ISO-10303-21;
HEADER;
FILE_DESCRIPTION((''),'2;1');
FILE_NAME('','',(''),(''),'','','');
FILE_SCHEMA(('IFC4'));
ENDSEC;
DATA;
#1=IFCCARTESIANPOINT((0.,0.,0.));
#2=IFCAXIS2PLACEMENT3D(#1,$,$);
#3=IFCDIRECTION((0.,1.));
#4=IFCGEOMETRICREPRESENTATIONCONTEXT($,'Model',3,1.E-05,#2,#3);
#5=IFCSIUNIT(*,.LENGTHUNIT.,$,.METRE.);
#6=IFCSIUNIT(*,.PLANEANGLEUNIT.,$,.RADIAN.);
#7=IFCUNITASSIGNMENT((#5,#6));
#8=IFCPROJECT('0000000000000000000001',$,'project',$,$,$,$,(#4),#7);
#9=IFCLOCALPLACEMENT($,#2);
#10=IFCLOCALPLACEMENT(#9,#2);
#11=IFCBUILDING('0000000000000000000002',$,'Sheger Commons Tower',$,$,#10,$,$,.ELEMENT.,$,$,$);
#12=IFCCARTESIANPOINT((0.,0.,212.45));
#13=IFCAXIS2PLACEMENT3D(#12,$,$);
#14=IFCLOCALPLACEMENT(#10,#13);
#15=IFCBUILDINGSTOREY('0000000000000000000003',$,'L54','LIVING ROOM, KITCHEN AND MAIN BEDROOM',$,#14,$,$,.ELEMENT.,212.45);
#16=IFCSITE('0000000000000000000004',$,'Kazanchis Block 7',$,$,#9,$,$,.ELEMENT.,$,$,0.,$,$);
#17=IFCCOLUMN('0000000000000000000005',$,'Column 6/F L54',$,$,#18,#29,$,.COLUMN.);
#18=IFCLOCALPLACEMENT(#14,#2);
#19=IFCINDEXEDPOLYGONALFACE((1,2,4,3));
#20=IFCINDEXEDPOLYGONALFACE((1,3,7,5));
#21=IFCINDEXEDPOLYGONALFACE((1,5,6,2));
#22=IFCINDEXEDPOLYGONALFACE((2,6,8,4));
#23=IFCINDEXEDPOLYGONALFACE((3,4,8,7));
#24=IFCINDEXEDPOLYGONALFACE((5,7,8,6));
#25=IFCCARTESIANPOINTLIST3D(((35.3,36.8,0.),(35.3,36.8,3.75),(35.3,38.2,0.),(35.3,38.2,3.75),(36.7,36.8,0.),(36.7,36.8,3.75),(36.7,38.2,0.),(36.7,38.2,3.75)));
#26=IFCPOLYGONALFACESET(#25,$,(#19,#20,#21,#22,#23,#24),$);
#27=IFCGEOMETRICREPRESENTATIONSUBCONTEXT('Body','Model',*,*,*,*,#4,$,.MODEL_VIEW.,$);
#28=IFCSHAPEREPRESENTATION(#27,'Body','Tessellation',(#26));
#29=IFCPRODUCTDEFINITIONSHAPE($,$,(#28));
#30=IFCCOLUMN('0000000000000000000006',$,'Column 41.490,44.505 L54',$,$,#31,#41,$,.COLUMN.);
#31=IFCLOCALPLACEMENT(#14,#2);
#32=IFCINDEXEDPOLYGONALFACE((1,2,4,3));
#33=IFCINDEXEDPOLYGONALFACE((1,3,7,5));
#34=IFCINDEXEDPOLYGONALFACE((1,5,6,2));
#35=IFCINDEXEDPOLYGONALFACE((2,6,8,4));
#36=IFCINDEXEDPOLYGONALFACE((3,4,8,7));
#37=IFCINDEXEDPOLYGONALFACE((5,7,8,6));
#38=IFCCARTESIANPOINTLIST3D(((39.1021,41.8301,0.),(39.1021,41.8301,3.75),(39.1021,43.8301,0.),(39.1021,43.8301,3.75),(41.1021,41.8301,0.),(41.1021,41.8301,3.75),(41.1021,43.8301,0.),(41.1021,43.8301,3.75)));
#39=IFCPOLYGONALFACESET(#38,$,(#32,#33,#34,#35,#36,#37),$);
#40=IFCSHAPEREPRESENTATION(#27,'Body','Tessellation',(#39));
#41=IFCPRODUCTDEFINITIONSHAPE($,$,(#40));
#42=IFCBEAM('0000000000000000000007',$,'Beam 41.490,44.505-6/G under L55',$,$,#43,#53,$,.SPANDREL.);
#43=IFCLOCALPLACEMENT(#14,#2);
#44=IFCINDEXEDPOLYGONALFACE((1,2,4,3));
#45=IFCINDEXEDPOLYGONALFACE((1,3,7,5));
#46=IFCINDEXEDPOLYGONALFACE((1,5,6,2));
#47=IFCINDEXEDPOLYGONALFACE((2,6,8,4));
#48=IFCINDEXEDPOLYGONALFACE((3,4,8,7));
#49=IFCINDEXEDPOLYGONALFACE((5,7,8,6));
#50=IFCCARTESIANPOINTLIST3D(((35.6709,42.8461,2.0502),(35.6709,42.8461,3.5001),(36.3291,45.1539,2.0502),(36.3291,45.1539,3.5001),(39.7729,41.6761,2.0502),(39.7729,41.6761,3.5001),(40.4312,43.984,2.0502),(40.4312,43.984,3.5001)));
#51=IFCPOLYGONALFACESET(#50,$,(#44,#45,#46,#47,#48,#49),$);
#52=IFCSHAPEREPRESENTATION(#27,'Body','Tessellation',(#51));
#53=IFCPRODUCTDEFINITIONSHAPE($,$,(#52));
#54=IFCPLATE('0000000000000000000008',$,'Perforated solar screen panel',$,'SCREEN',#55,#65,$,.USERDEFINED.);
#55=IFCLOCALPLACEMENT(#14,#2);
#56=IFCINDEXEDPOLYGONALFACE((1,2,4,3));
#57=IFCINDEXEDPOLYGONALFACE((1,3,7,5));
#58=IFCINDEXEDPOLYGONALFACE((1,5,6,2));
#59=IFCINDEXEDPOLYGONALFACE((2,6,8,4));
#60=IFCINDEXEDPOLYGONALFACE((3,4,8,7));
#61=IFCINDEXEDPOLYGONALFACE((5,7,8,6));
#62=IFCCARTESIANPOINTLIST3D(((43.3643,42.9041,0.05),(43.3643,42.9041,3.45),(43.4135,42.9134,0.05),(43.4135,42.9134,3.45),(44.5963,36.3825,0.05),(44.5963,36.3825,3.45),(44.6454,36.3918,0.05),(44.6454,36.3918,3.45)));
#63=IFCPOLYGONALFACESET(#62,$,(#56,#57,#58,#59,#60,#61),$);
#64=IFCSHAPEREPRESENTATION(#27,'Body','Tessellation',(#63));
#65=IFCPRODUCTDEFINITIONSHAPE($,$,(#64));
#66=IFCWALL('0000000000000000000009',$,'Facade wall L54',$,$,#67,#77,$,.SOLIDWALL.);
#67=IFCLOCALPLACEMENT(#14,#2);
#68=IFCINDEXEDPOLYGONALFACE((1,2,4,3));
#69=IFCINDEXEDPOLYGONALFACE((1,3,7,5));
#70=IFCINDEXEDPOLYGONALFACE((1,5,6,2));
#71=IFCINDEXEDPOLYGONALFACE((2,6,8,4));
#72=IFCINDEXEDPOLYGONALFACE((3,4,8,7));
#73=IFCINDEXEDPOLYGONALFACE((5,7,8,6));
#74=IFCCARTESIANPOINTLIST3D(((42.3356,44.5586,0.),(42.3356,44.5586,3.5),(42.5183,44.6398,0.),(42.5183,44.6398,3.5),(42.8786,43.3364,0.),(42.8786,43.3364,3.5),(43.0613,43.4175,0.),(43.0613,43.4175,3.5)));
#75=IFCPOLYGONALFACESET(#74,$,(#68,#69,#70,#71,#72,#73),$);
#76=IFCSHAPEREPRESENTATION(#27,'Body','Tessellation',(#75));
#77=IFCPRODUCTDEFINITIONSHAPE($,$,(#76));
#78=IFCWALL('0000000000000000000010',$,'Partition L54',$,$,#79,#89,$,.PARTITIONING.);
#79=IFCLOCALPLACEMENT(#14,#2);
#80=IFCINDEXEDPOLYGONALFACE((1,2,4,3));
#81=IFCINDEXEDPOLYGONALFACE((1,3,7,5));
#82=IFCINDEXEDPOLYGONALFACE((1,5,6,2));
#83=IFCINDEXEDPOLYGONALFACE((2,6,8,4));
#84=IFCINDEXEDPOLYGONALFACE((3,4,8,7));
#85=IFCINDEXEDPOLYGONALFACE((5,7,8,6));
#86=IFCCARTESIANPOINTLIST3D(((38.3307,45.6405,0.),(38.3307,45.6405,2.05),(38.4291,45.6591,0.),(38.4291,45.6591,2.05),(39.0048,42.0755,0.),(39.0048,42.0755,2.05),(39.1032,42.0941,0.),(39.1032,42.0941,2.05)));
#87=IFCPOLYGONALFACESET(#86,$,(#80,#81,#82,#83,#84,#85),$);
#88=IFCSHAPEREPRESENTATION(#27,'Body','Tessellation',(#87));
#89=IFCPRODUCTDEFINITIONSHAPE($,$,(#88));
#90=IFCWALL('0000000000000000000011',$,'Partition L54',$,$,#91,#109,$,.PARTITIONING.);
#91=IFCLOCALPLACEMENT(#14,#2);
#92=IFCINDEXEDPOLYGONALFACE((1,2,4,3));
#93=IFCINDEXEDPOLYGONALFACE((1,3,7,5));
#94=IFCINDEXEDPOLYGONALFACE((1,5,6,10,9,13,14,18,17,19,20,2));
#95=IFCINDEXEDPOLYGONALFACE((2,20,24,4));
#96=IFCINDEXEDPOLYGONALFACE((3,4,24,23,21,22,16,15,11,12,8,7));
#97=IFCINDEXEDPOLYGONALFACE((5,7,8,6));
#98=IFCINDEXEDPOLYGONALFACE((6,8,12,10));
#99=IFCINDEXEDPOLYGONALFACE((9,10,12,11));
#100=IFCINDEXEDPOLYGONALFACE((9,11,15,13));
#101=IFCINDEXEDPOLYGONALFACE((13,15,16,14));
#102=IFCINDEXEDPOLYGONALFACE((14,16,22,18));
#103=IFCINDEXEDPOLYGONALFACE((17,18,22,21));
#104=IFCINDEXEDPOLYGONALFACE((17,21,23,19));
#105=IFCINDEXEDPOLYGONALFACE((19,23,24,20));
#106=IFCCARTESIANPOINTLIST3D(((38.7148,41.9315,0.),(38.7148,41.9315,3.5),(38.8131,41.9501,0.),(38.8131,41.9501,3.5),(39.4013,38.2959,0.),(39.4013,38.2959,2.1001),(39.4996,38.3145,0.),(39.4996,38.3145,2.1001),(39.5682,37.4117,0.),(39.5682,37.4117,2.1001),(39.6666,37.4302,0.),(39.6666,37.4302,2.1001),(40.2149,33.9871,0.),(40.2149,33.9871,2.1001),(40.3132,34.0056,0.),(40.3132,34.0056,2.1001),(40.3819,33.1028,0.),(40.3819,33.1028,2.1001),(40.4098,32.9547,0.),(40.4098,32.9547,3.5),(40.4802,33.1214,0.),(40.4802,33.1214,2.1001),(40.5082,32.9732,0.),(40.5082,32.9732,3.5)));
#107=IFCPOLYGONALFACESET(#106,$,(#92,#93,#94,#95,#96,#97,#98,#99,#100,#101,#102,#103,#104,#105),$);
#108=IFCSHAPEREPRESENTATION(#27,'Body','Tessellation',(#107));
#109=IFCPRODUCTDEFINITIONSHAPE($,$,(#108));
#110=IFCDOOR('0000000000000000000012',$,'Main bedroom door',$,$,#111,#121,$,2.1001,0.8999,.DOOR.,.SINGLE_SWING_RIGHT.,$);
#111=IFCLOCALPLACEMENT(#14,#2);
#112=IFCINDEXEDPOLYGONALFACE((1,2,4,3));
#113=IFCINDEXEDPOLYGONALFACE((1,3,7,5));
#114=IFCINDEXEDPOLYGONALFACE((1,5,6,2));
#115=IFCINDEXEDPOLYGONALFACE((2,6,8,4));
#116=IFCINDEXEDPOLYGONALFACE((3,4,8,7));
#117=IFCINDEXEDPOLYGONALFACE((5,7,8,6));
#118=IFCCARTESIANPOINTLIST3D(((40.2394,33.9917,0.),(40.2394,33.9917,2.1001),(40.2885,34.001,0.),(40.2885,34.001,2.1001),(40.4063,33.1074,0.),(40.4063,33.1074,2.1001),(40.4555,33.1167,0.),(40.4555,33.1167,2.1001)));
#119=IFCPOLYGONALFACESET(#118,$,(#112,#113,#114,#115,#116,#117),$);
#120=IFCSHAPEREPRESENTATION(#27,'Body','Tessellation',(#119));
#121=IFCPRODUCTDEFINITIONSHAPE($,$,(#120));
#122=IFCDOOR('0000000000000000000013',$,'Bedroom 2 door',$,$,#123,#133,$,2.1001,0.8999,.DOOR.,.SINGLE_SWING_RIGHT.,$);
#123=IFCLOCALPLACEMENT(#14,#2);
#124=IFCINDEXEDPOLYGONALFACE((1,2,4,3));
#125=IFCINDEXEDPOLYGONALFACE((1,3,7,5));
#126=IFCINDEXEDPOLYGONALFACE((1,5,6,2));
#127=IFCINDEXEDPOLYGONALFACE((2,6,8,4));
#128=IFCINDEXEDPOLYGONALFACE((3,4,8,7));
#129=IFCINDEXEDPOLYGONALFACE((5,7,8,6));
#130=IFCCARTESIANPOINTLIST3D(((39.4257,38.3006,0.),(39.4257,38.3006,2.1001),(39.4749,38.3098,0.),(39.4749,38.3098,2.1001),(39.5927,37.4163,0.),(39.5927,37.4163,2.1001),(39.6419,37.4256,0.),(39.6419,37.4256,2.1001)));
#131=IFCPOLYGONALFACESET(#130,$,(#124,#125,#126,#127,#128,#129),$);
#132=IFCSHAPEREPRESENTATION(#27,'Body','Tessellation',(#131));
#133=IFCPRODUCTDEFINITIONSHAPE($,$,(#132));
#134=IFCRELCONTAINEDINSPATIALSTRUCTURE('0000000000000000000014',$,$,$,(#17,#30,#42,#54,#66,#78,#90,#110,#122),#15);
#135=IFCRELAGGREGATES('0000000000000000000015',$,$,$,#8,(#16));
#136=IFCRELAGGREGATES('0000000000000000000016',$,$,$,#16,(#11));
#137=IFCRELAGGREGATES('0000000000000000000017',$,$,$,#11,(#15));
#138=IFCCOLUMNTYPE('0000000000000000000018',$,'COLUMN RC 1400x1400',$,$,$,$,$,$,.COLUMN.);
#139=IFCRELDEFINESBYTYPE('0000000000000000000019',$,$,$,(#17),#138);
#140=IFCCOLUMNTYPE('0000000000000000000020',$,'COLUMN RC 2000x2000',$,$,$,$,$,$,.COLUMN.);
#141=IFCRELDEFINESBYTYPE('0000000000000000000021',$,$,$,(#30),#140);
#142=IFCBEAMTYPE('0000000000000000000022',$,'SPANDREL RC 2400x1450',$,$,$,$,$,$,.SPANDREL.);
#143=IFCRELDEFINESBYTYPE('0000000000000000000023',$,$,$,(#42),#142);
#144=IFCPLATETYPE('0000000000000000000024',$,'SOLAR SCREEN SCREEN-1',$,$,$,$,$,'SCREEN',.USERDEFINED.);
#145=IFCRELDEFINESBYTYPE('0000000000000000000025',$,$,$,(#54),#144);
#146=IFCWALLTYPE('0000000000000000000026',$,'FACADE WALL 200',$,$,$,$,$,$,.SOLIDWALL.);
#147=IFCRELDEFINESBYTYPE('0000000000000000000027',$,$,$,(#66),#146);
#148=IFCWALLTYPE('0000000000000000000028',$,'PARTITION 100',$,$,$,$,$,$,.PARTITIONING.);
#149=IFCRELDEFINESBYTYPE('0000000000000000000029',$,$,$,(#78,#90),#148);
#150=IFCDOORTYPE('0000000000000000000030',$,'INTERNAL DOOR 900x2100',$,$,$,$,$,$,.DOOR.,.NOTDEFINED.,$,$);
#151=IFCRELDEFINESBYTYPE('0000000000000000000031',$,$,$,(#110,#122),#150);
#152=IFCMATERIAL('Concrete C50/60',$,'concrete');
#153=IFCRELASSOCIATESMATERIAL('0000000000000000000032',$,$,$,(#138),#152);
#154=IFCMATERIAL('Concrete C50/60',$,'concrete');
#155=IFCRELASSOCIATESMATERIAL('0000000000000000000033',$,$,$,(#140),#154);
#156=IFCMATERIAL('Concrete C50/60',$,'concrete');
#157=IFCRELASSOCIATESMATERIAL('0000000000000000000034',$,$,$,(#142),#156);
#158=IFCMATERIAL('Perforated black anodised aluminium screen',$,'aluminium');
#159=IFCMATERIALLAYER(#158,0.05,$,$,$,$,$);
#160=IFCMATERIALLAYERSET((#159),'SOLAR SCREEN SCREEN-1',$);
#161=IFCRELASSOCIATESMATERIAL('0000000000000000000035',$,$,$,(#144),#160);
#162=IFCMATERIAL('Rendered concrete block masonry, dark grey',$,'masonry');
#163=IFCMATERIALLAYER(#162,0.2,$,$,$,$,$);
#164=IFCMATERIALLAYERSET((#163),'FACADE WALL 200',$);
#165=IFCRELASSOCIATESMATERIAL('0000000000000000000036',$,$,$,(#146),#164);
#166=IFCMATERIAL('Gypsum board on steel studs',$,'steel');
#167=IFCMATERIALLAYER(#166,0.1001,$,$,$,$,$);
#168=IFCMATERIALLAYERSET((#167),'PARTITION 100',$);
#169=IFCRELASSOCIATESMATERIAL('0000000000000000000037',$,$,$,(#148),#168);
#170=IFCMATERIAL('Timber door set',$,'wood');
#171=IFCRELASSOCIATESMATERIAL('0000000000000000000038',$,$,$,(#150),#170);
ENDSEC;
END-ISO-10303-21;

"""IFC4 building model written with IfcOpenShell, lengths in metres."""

from ifc_helpers import new_model, si_unit, direction, frame, frame_2d, origin, origin_2d, place, context, subcontext, project, spatial, rectangle, extrude, material, layer, layer_set, material_profile, profile_set, type_object, element, fill, save


model = new_model("IFC4")

# Units and contexts
model_context = context("Model", 3, precision=1e-05, world=origin(), true_north=direction((0.0, 1.0)))
body_context = subcontext(model_context, "Body", "Model", "MODEL_VIEW")
ifc_project = project(units=[si_unit("LENGTHUNIT", "METRE"), si_unit("PLANEANGLEUNIT", "RADIAN")], contexts=[model_context])

# Site, building, storey
site_placement = place(None, origin())
site = spatial("IfcSite", under=ifc_project, at=site_placement, Name="Kazanchis Block 7", CompositionType="ELEMENT", RefElevation=0.0)
building_placement = place(site_placement, origin())
building = spatial("IfcBuilding", under=site, at=building_placement, Name="Sheger Commons Tower", CompositionType="ELEMENT")
storey_placement = place(building_placement, frame((0.0, 0.0, 212.45)))
storey = spatial("IfcBuildingStorey", under=building, at=storey_placement, Name="L54", Description="LIVING ROOM, KITCHEN AND MAIN BEDROOM", CompositionType="ELEMENT", Elevation=212.45)

# Columns
ifc_material_1 = material(Name="Concrete C50/60", Category="concrete")
ifc_material_profile_1 = material_profile(ifc_material_1, rectangle(XDim=1.3999, YDim=1.3999, at=origin_2d()), Name="RC 1400x1400")
ifc_profile_set_1 = profile_set([ifc_material_profile_1], Name="Concrete C50/60")
column_type_1 = type_object("IfcColumnType", Name="COLUMN RC 1400x1400", PredefinedType="COLUMN", material=ifc_profile_set_1)
column_1_placement = place(storey_placement, frame((36.0, 37.5, 0.0), z_axis=(0.0, 0.0, 1.0), x_axis=(1.0, 0.0, 0.0)))
element("IfcColumn", 1, at=column_1_placement, inside=storey, type_object=column_type_1, Name="Column 6/F L54", PredefinedType="COLUMN", context=body_context, shape_type="SweptSolid", body=[
    extrude(rectangle(XDim=1.3999, YDim=1.3999, at=origin_2d()), origin(), (0.0, 0.0, 1.0), 3.75),
])
ifc_material_2 = material(Name="Concrete C50/60", Category="concrete")
ifc_material_profile_2 = material_profile(ifc_material_2, rectangle(XDim=2.0, YDim=2.0, at=origin_2d()), Name="RC 2000x2000")
ifc_profile_set_2 = profile_set([ifc_material_profile_2], Name="Concrete C50/60")
column_type_2 = type_object("IfcColumnType", Name="COLUMN RC 2000x2000", PredefinedType="COLUMN", material=ifc_profile_set_2)
column_2_placement = place(storey_placement, frame((40.1021, 42.8301, 0.0), z_axis=(0.0, 0.0, 1.0), x_axis=(1.0, 0.0, 0.0)))
element("IfcColumn", 2, at=column_2_placement, inside=storey, type_object=column_type_2, Name="Column 41.490,44.505 L54", PredefinedType="COLUMN", context=body_context, shape_type="SweptSolid", body=[
    extrude(rectangle(XDim=2.0, YDim=2.0, at=origin_2d()), origin(), (0.0, 0.0, 1.0), 3.75),
])

# Beam
ifc_material_3 = material(Name="Concrete C50/60", Category="concrete")
ifc_material_profile_3 = material_profile(ifc_material_3, rectangle(XDim=2.3999, YDim=1.45, at=origin_2d()), Name="RC 2400x1450")
ifc_profile_set_3 = profile_set([ifc_material_profile_3], Name="Concrete C50/60")
beam_type = type_object("IfcBeamType", Name="SPANDREL RC 2400x1450", PredefinedType="SPANDREL", material=ifc_profile_set_3)
beam_placement = place(storey_placement, frame((40.1021, 42.8301, 2.7751), z_axis=(-0.961653, 0.274268, 0.0), x_axis=(-0.274268, -0.961653, 0.0)))
element("IfcBeam", 3, at=beam_placement, inside=storey, type_object=beam_type, Name="Beam 41.490,44.505-6/G under L55", PredefinedType="SPANDREL", context=body_context, shape_type="SweptSolid", body=[
    extrude(rectangle(XDim=2.3999, YDim=1.45, at=origin_2d()), origin(), (0.0, 0.0, 1.0), 4.2656),
])

# Plate
ifc_material_4 = material(Name="Perforated black anodised aluminium screen", Category="aluminium")
ifc_layer_1 = layer(ifc_material_4, 0.05)
ifc_layer_set_1 = layer_set([ifc_layer_1], Name="SOLAR SCREEN SCREEN-1")
plate_type = type_object("IfcPlateType", Name="SOLAR SCREEN SCREEN-1", ElementType="SCREEN", PredefinedType="USERDEFINED", material=ifc_layer_set_1)
plate_placement = place(storey_placement, frame((44.0049, 39.6479, 0.05), z_axis=(0.0, 0.0, 1.0), x_axis=(-0.185615, 0.982623, 0.0)))
element("IfcPlate", 4, at=plate_placement, inside=storey, type_object=plate_type, Name="Perforated solar screen panel", ObjectType="SCREEN", PredefinedType="USERDEFINED", context=body_context, shape_type="SweptSolid", body=[
    extrude(rectangle(XDim=6.637, YDim=0.05, at=origin_2d()), origin(), (0.0, 0.0, 1.0), 3.3999),
])

# Walls
ifc_material_5 = material(Name="Rendered concrete block masonry, dark grey", Category="masonry")
ifc_layer_2 = layer(ifc_material_5, 0.2)
ifc_layer_set_2 = layer_set([ifc_layer_2], Name="FACADE WALL 200")
wall_type_1 = type_object("IfcWallType", Name="FACADE WALL 200", PredefinedType="SOLIDWALL", material=ifc_layer_set_2)
wall_1_placement = place(storey_placement, frame((42.97, 43.377, 0.0), z_axis=(0.0, 0.0, 1.0), x_axis=(-0.406003, 0.913872, 0.0)))
element("IfcWall", 5, at=wall_1_placement, inside=storey, type_object=wall_type_1, Name="Facade wall L54", PredefinedType="SOLIDWALL", context=body_context, shape_type="SweptSolid", body=[
    extrude(rectangle(XDim=1.3374, YDim=0.2, at=frame_2d((0.6687, 0.0))), origin(), (0.0, 0.0, 1.0), 3.5),
])
ifc_material_6 = material(Name="Gypsum board on steel studs", Category="steel")
ifc_layer_3 = layer(ifc_material_6, 0.1001)
ifc_layer_set_3 = layer_set([ifc_layer_3], Name="PARTITION 100")
wall_type_2 = type_object("IfcWallType", Name="PARTITION 100", PredefinedType="PARTITIONING", material=ifc_layer_set_3)
wall_2_placement = place(storey_placement, frame((39.054, 42.085, 0.0), z_axis=(0.0, 0.0, 1.0), x_axis=(-0.185792, 0.982589, 0.0)))
element("IfcWall", 6, at=wall_2_placement, inside=storey, type_object=wall_type_2, Name="Partition L54", PredefinedType="PARTITIONING", context=body_context, shape_type="SweptSolid", body=[
    extrude(rectangle(XDim=3.6282, YDim=0.1001, at=frame_2d((1.814, 0.0))), origin(), (0.0, 0.0, 1.0), 2.05),
])

# Wall, openings, doors
wall_3_placement = place(storey_placement, frame((38.7639, 41.9409, 0.0), z_axis=(0.0, 0.0, 1.0), x_axis=(0.185549, -0.982635, 0.0)))
wall_3 = element("IfcWall", 7, at=wall_3_placement, inside=storey, type_object=wall_type_2, Name="Partition L54", PredefinedType="PARTITIONING", context=body_context, shape_type="SweptSolid", body=[
    extrude(rectangle(XDim=9.1355, YDim=0.1001, at=frame_2d((4.5679, 0.0))), origin(), (0.0, 0.0, 1.0), 3.5),
])
opening_1_placement = place(wall_3_placement, frame((8.085, 0.0, 0.0)))
opening_1 = element("IfcOpeningElement", 8, at=opening_1_placement, cuts=wall_3, PredefinedType="OPENING", context=body_context, shape_type="SweptSolid", body=[
    extrude(rectangle(XDim=0.8999, YDim=2.1001, at=frame_2d((0.45, 1.05))), frame((0.0, 0.0601, 0.0), z_axis=(0.0, -1.0, 0.0), x_axis=(1.0, 0.0, 0.0)), (0.0, 0.0, 1.0), 0.1201),
])
opening_2_placement = place(wall_3_placement, frame((3.7, 0.0, 0.0)))
opening_2 = element("IfcOpeningElement", 9, at=opening_2_placement, cuts=wall_3, PredefinedType="OPENING", context=body_context, shape_type="SweptSolid", body=[
    extrude(rectangle(XDim=0.8999, YDim=2.1001, at=frame_2d((0.45, 1.05))), frame((0.0, 0.0601, 0.0), z_axis=(0.0, -1.0, 0.0), x_axis=(1.0, 0.0, 0.0)), (0.0, 0.0, 1.0), 0.1201),
])
ifc_material_7 = material(Name="Timber door set", Category="wood")
door_type = type_object("IfcDoorType", Name="INTERNAL DOOR 900x2100", OperationType="NOTDEFINED", PredefinedType="DOOR", material=ifc_material_7)
door_1_placement = place(opening_1_placement, origin())
door_1 = element("IfcDoor", 10, at=door_1_placement, inside=storey, type_object=door_type, Name="Main bedroom door", OperationType="SINGLE_SWING_RIGHT", OverallHeight=2.1001, OverallWidth=0.8999, PredefinedType="DOOR", context=body_context, shape_type="SweptSolid", body=[
    extrude(rectangle(XDim=0.8999, YDim=2.1001, at=frame_2d((0.45, 1.05))), frame((0.0, 0.0249, 0.0), z_axis=(0.0, -1.0, 0.0), x_axis=(1.0, 0.0, 0.0)), (0.0, 0.0, 1.0), 0.05),
])
fill(opening_1, door_1)
door_2_placement = place(opening_2_placement, origin())
door_2 = element("IfcDoor", 11, at=door_2_placement, inside=storey, type_object=door_type, Name="Bedroom 2 door", OperationType="SINGLE_SWING_RIGHT", OverallHeight=2.1001, OverallWidth=0.8999, PredefinedType="DOOR", context=body_context, shape_type="SweptSolid", body=[
    extrude(rectangle(XDim=0.8999, YDim=2.1001, at=frame_2d((0.45, 1.05))), frame((0.0, 0.0249, 0.0), z_axis=(0.0, -1.0, 0.0), x_axis=(1.0, 0.0, 0.0)), (0.0, 0.0, 1.0), 0.05),
])
fill(opening_2, door_2)

save(model, "model.ifc")
